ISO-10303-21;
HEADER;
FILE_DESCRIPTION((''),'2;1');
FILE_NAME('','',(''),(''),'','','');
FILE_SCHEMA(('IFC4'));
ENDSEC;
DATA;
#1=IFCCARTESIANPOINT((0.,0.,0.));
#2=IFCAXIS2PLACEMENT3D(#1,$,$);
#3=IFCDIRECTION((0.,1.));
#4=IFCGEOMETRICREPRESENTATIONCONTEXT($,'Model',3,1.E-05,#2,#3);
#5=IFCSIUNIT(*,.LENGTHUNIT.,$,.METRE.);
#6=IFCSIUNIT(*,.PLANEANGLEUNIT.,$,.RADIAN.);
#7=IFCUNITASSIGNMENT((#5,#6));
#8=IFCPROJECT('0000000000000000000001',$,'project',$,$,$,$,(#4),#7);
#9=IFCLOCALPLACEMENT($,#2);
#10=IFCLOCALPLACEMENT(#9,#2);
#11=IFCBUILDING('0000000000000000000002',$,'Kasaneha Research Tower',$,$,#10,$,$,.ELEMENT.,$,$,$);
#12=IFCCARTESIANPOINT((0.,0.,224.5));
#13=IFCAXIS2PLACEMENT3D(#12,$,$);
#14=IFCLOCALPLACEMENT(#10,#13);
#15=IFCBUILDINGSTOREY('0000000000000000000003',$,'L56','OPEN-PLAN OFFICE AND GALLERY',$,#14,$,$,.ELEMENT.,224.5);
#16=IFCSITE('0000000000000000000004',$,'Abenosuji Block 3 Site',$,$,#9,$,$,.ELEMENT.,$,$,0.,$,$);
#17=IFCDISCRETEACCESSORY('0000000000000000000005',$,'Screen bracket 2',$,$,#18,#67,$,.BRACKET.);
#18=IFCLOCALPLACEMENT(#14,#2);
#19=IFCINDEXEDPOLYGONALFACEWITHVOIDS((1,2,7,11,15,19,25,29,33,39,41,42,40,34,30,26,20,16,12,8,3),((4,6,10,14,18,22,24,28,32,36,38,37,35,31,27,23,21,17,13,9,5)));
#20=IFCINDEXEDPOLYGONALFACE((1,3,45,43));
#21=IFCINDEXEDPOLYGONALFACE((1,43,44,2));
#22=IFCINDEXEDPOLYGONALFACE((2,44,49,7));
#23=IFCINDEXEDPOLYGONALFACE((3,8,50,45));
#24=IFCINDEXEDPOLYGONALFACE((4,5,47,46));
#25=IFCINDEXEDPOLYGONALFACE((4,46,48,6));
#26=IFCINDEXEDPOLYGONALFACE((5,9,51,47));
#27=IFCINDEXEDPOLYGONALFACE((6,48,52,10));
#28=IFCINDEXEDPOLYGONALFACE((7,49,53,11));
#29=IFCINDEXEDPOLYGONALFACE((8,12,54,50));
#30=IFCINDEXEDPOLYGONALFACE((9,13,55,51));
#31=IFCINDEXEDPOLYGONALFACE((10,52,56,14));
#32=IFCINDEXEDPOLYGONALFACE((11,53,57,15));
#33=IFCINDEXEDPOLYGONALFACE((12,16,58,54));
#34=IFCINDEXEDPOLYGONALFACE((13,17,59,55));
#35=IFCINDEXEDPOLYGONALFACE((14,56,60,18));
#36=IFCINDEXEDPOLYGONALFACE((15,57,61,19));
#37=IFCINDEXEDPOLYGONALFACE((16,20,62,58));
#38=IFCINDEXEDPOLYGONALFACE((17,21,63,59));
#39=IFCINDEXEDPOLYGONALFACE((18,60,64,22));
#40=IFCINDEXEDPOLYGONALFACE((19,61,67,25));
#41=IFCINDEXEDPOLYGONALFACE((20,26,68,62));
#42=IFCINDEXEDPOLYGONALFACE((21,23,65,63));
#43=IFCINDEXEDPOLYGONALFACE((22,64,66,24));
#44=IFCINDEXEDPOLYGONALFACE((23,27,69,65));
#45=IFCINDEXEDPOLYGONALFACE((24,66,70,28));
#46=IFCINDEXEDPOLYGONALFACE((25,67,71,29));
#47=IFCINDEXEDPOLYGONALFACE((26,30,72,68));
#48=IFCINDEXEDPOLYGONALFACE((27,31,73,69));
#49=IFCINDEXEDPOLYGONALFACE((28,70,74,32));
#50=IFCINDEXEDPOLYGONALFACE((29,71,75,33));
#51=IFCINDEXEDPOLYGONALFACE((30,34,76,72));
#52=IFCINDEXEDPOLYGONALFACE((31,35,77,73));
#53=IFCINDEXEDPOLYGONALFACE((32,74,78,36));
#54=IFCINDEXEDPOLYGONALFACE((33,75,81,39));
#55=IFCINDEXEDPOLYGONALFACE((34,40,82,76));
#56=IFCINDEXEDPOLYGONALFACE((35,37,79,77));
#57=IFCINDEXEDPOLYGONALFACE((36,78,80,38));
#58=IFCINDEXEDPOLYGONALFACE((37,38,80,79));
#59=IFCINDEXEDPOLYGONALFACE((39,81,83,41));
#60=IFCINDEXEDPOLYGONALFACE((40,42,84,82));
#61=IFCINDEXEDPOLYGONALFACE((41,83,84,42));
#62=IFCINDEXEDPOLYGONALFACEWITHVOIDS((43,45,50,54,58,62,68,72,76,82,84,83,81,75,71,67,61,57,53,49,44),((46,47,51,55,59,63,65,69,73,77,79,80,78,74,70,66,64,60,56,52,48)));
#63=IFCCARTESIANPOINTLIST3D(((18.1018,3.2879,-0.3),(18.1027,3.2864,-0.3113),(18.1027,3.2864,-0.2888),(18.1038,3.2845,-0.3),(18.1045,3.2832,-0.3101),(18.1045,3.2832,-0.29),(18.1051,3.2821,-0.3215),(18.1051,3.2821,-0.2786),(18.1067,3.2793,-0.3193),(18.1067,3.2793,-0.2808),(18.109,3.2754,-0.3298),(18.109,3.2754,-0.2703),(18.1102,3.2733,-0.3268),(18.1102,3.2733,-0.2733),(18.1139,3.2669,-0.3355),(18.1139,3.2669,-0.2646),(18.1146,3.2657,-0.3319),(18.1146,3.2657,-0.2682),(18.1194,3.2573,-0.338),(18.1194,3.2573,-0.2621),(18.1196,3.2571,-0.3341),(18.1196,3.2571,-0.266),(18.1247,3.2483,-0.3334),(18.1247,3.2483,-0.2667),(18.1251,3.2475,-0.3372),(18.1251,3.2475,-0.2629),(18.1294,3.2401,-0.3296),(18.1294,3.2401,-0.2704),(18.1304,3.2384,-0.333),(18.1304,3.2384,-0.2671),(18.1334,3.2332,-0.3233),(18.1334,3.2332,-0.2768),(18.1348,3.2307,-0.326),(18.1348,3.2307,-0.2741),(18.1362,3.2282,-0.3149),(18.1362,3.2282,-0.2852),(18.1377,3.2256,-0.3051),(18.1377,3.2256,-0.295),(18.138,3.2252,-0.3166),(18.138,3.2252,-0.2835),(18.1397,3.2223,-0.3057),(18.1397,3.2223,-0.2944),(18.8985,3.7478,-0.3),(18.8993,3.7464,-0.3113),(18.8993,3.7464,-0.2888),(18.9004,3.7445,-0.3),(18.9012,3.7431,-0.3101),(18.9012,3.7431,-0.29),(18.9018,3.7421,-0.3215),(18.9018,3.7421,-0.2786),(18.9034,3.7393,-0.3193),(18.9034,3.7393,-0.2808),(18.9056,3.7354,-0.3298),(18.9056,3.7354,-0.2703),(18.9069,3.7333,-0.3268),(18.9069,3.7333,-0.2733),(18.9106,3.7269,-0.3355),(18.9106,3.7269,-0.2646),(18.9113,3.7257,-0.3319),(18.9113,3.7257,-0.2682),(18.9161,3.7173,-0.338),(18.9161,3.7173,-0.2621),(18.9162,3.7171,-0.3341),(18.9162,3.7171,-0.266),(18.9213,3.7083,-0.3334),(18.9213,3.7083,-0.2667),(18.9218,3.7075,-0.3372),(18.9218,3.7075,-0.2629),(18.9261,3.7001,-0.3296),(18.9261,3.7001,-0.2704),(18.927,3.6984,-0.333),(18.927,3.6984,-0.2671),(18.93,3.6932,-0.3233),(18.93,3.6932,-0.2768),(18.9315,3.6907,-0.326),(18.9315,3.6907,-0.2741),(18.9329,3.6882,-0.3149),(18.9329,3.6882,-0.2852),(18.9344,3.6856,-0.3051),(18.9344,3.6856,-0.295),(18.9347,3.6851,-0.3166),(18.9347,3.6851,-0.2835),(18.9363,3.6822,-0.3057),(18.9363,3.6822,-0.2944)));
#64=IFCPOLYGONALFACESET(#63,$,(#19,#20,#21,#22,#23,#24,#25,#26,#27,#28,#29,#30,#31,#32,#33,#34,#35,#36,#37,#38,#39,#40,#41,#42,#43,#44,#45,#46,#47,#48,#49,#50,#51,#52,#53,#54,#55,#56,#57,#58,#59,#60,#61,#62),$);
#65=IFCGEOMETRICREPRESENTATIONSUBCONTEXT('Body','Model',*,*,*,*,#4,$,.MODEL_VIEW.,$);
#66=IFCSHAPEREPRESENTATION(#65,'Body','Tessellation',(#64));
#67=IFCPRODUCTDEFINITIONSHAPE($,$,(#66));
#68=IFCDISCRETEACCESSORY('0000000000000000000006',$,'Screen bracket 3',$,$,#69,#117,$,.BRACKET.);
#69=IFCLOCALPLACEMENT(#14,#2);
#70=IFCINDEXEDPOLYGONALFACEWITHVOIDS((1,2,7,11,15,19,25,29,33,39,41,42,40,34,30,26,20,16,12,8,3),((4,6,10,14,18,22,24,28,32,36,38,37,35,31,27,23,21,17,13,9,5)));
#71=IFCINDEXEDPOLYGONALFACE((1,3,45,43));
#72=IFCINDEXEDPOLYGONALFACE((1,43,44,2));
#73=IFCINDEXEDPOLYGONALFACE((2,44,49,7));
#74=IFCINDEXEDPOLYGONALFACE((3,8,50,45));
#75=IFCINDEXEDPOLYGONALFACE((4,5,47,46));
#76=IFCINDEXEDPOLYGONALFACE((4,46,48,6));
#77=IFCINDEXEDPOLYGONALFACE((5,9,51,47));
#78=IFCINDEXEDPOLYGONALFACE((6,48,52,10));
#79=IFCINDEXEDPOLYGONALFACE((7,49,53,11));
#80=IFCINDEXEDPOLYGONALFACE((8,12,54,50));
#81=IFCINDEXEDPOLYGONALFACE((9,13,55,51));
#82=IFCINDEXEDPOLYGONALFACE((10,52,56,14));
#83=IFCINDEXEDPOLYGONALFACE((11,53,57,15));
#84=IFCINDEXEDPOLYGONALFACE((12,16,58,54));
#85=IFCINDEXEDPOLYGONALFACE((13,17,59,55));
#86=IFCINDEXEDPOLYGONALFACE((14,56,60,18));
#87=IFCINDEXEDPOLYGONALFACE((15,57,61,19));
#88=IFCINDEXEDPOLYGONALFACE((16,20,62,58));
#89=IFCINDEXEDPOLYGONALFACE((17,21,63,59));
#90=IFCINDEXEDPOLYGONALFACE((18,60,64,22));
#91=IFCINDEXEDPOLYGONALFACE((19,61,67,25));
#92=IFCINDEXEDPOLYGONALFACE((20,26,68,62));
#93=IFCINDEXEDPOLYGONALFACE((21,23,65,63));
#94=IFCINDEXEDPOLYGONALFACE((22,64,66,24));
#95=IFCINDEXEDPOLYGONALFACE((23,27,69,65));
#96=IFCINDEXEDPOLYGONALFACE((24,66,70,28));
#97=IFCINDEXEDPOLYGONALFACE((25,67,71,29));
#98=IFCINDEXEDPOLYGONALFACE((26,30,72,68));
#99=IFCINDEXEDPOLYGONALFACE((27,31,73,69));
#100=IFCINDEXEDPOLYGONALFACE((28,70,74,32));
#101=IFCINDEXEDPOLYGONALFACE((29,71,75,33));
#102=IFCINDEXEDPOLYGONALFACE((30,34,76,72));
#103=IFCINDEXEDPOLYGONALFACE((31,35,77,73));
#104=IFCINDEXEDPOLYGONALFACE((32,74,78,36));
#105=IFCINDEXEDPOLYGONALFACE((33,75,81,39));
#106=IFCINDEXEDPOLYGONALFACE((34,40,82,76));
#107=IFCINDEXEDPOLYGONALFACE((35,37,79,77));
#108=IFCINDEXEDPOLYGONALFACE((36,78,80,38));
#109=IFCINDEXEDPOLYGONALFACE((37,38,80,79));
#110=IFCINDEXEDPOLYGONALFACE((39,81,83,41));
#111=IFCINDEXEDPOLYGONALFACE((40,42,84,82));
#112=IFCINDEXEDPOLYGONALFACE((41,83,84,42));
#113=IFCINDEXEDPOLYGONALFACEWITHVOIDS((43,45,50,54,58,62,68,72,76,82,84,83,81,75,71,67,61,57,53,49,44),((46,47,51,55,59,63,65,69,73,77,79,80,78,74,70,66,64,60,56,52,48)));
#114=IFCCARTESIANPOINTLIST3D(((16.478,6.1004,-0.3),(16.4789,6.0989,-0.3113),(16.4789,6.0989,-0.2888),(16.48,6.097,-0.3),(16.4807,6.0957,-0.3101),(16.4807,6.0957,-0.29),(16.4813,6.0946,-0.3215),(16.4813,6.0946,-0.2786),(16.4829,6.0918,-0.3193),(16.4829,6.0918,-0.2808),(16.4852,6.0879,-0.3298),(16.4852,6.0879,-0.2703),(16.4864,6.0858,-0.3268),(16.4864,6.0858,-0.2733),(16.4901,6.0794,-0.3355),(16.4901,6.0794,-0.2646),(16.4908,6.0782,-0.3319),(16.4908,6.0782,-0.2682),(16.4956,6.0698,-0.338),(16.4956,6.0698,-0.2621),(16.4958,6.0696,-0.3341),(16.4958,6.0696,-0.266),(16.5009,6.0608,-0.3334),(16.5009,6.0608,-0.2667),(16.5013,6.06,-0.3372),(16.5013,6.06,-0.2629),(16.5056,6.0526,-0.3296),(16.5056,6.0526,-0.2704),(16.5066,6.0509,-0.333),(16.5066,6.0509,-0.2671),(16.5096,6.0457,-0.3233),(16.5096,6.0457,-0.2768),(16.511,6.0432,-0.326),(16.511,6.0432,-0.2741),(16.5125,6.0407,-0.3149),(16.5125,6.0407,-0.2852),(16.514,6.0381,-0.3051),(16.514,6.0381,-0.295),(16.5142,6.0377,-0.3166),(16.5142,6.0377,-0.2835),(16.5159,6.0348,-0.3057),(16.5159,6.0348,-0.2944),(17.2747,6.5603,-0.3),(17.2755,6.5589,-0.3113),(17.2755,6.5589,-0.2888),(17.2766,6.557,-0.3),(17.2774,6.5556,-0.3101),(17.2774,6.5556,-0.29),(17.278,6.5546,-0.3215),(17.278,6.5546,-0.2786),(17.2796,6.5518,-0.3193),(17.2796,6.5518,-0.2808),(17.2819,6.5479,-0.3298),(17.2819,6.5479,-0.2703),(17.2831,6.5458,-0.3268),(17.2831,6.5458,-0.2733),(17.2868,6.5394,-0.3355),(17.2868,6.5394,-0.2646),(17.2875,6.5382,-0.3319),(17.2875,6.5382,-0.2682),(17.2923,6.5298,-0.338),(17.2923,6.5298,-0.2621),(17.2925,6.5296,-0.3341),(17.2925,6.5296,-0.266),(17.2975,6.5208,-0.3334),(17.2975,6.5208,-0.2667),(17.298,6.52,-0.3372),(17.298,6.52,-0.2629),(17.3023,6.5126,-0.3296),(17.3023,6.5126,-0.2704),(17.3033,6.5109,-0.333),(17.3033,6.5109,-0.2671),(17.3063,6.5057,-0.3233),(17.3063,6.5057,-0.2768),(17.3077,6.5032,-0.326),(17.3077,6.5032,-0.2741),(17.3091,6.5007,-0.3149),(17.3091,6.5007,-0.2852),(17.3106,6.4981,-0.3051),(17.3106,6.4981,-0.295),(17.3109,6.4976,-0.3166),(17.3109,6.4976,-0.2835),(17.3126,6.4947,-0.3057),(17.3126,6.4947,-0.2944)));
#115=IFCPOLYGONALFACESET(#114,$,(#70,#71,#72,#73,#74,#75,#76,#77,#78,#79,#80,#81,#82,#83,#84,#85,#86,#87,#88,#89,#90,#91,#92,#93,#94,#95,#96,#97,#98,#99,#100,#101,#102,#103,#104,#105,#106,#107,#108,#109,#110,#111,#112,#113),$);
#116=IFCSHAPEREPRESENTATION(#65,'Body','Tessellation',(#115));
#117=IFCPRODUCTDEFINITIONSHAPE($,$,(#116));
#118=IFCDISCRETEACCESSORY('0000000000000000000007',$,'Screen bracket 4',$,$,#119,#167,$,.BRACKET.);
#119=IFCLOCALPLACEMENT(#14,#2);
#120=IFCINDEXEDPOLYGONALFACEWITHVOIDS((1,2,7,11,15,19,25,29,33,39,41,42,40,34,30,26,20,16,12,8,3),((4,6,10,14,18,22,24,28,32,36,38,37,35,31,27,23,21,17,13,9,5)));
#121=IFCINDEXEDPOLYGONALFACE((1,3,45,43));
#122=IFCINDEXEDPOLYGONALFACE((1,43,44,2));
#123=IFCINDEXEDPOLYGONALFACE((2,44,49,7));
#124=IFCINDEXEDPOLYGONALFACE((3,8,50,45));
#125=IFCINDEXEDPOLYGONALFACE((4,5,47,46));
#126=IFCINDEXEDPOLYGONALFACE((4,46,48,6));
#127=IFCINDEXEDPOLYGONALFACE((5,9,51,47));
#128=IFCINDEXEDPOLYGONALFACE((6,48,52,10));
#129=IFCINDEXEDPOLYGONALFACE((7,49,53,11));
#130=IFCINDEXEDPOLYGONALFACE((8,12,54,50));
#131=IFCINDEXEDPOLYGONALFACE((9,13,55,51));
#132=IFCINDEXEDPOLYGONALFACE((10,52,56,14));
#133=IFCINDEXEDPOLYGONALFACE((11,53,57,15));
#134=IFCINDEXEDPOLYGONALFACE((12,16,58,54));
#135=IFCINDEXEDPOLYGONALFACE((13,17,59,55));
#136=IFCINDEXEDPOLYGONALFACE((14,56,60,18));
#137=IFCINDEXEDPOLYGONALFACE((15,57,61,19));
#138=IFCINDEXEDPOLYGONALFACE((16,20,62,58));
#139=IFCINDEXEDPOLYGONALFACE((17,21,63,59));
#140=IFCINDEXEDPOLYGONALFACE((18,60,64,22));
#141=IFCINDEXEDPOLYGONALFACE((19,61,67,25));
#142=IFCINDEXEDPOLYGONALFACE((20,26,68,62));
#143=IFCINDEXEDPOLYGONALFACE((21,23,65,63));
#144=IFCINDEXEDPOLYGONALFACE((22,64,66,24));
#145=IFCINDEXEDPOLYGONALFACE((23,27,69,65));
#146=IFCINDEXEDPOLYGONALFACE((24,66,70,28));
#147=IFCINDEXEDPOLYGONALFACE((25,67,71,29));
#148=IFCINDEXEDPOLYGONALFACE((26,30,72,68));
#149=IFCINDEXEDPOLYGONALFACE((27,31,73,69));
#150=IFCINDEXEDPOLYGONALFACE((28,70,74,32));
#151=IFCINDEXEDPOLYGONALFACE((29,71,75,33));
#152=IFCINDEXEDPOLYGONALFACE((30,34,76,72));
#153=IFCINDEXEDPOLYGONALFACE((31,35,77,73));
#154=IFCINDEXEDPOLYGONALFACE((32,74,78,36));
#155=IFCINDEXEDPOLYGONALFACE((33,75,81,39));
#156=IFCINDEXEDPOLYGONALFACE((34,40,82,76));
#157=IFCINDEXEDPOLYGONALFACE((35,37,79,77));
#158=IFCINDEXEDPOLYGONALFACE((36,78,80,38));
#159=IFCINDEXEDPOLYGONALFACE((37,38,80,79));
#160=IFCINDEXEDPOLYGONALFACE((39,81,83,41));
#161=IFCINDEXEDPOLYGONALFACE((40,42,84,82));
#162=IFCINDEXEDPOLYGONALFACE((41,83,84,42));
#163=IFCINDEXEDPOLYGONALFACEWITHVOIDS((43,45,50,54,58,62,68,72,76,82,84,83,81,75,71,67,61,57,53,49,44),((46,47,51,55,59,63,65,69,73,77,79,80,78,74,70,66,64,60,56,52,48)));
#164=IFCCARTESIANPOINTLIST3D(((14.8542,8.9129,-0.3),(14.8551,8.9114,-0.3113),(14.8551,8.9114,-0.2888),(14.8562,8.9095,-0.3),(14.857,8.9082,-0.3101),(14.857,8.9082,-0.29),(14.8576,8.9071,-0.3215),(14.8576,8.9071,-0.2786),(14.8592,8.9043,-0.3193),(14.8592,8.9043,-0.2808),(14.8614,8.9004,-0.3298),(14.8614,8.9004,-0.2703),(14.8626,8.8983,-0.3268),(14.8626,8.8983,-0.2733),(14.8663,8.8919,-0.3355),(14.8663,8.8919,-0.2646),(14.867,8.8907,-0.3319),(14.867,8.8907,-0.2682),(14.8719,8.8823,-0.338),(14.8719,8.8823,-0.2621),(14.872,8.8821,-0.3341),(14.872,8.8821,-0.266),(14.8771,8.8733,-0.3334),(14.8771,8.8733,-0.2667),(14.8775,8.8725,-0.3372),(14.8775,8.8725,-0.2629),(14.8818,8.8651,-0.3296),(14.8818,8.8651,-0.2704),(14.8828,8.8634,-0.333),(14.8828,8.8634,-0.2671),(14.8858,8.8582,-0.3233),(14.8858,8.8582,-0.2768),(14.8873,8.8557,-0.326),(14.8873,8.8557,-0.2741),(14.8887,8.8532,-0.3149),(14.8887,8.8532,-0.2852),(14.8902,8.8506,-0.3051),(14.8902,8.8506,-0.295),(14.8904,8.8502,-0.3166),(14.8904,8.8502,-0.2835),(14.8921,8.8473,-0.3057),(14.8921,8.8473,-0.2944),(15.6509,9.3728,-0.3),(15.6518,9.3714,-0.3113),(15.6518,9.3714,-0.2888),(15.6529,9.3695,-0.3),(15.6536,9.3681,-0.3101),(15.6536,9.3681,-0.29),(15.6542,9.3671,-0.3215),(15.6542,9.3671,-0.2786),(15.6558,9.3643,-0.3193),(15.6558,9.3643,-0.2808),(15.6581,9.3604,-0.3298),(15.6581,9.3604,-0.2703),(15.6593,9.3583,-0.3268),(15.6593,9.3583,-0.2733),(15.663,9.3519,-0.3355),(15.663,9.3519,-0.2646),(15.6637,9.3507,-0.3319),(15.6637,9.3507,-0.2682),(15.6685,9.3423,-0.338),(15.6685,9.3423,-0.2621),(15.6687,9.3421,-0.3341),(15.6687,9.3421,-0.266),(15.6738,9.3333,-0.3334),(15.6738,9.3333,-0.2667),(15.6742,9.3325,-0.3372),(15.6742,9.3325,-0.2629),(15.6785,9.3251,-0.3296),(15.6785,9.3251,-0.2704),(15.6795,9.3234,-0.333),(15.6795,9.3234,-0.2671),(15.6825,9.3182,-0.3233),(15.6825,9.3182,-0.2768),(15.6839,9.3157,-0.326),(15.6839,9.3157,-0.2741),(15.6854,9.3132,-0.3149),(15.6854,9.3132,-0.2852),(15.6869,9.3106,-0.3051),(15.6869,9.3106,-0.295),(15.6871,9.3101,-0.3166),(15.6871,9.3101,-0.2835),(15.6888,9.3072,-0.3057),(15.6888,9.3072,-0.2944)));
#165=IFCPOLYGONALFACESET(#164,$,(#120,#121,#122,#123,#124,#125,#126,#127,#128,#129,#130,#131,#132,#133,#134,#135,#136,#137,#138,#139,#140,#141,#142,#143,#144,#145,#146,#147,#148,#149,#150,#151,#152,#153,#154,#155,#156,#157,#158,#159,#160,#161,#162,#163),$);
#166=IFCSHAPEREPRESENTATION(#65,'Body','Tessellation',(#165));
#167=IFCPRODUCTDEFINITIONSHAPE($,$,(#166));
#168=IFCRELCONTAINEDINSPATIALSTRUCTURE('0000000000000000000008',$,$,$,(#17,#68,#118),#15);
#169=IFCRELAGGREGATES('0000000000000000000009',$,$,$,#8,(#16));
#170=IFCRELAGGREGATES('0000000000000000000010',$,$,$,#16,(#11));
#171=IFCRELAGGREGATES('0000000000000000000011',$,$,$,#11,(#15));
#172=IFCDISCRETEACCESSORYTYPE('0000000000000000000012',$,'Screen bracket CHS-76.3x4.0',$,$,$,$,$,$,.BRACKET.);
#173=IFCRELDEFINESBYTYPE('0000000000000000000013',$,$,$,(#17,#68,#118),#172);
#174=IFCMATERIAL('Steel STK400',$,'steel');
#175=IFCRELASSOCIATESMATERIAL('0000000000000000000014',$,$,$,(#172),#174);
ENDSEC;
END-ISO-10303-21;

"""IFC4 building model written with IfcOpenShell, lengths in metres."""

from ifc_helpers import new_model, si_unit, direction, frame, origin, origin_2d, place, context, subcontext, project, spatial, hollow_circle, extrude, material, material_profile, profile_set, type_object, element, save


model = new_model("IFC4")

# Units and contexts
model_context = context("Model", 3, precision=1e-05, world=origin(), true_north=direction((0.0, 1.0)))
body_context = subcontext(model_context, "Body", "Model", "MODEL_VIEW")
ifc_project = project(units=[si_unit("LENGTHUNIT", "METRE"), si_unit("PLANEANGLEUNIT", "RADIAN")], contexts=[model_context])

# Site, building, storey
site_placement = place(None, origin())
site = spatial("IfcSite", under=ifc_project, at=site_placement, Name="Abenosuji Block 3 Site", CompositionType="ELEMENT", RefElevation=0.0)
building_placement = place(site_placement, origin())
building = spatial("IfcBuilding", under=site, at=building_placement, Name="Kasaneha Research Tower", CompositionType="ELEMENT")
storey_placement = place(building_placement, frame((0.0, 0.0, 224.5)))
storey = spatial("IfcBuildingStorey", under=building, at=storey_placement, Name="L56", Description="OPEN-PLAN OFFICE AND GALLERY", CompositionType="ELEMENT", Elevation=224.5)

# Discrete accessories
ifc_material_1 = material(Name="Steel STK400", Category="steel")
ifc_material_profile_1 = material_profile(ifc_material_1, hollow_circle(Radius=0.0381, WallThickness=0.0039, at=origin_2d()), Name="CHS-76.3x4.0")
ifc_profile_set_1 = profile_set([ifc_material_profile_1], Name="Steel STK400")
discrete_accessory_type = type_object("IfcDiscreteAccessoryType", Name="Screen bracket CHS-76.3x4.0", PredefinedType="BRACKET", material=ifc_profile_set_1)
for number, where, z_axis, x_axis, name in (
    (1, (18.1208, 3.2549, -0.3), (0.866013, 0.500021, 0.0), (-0.500021, 0.866013, 0.0), "Screen bracket 2"),
    (2, (16.4971, 6.0674, -0.3), (0.866013, 0.500021, 0.0), (-0.500021, 0.866013, 0.0), "Screen bracket 3"),
    (3, (14.8733, 8.8799, -0.3), (0.866013, 0.500021, 0.0), (-0.500021, 0.866013, 0.0), "Screen bracket 4"),
):
    element("IfcDiscreteAccessory", number, at=place(storey_placement, frame(where, z_axis=z_axis, x_axis=x_axis)), inside=storey, type_object=discrete_accessory_type, Name=name, PredefinedType="BRACKET", context=body_context, shape_type="SweptSolid", body=[
        extrude(hollow_circle(Radius=0.0381, WallThickness=0.0039, at=origin_2d()), origin(), (0.0, 0.0, 1.0), 0.9199),
    ])

save(model, "model.ifc")
